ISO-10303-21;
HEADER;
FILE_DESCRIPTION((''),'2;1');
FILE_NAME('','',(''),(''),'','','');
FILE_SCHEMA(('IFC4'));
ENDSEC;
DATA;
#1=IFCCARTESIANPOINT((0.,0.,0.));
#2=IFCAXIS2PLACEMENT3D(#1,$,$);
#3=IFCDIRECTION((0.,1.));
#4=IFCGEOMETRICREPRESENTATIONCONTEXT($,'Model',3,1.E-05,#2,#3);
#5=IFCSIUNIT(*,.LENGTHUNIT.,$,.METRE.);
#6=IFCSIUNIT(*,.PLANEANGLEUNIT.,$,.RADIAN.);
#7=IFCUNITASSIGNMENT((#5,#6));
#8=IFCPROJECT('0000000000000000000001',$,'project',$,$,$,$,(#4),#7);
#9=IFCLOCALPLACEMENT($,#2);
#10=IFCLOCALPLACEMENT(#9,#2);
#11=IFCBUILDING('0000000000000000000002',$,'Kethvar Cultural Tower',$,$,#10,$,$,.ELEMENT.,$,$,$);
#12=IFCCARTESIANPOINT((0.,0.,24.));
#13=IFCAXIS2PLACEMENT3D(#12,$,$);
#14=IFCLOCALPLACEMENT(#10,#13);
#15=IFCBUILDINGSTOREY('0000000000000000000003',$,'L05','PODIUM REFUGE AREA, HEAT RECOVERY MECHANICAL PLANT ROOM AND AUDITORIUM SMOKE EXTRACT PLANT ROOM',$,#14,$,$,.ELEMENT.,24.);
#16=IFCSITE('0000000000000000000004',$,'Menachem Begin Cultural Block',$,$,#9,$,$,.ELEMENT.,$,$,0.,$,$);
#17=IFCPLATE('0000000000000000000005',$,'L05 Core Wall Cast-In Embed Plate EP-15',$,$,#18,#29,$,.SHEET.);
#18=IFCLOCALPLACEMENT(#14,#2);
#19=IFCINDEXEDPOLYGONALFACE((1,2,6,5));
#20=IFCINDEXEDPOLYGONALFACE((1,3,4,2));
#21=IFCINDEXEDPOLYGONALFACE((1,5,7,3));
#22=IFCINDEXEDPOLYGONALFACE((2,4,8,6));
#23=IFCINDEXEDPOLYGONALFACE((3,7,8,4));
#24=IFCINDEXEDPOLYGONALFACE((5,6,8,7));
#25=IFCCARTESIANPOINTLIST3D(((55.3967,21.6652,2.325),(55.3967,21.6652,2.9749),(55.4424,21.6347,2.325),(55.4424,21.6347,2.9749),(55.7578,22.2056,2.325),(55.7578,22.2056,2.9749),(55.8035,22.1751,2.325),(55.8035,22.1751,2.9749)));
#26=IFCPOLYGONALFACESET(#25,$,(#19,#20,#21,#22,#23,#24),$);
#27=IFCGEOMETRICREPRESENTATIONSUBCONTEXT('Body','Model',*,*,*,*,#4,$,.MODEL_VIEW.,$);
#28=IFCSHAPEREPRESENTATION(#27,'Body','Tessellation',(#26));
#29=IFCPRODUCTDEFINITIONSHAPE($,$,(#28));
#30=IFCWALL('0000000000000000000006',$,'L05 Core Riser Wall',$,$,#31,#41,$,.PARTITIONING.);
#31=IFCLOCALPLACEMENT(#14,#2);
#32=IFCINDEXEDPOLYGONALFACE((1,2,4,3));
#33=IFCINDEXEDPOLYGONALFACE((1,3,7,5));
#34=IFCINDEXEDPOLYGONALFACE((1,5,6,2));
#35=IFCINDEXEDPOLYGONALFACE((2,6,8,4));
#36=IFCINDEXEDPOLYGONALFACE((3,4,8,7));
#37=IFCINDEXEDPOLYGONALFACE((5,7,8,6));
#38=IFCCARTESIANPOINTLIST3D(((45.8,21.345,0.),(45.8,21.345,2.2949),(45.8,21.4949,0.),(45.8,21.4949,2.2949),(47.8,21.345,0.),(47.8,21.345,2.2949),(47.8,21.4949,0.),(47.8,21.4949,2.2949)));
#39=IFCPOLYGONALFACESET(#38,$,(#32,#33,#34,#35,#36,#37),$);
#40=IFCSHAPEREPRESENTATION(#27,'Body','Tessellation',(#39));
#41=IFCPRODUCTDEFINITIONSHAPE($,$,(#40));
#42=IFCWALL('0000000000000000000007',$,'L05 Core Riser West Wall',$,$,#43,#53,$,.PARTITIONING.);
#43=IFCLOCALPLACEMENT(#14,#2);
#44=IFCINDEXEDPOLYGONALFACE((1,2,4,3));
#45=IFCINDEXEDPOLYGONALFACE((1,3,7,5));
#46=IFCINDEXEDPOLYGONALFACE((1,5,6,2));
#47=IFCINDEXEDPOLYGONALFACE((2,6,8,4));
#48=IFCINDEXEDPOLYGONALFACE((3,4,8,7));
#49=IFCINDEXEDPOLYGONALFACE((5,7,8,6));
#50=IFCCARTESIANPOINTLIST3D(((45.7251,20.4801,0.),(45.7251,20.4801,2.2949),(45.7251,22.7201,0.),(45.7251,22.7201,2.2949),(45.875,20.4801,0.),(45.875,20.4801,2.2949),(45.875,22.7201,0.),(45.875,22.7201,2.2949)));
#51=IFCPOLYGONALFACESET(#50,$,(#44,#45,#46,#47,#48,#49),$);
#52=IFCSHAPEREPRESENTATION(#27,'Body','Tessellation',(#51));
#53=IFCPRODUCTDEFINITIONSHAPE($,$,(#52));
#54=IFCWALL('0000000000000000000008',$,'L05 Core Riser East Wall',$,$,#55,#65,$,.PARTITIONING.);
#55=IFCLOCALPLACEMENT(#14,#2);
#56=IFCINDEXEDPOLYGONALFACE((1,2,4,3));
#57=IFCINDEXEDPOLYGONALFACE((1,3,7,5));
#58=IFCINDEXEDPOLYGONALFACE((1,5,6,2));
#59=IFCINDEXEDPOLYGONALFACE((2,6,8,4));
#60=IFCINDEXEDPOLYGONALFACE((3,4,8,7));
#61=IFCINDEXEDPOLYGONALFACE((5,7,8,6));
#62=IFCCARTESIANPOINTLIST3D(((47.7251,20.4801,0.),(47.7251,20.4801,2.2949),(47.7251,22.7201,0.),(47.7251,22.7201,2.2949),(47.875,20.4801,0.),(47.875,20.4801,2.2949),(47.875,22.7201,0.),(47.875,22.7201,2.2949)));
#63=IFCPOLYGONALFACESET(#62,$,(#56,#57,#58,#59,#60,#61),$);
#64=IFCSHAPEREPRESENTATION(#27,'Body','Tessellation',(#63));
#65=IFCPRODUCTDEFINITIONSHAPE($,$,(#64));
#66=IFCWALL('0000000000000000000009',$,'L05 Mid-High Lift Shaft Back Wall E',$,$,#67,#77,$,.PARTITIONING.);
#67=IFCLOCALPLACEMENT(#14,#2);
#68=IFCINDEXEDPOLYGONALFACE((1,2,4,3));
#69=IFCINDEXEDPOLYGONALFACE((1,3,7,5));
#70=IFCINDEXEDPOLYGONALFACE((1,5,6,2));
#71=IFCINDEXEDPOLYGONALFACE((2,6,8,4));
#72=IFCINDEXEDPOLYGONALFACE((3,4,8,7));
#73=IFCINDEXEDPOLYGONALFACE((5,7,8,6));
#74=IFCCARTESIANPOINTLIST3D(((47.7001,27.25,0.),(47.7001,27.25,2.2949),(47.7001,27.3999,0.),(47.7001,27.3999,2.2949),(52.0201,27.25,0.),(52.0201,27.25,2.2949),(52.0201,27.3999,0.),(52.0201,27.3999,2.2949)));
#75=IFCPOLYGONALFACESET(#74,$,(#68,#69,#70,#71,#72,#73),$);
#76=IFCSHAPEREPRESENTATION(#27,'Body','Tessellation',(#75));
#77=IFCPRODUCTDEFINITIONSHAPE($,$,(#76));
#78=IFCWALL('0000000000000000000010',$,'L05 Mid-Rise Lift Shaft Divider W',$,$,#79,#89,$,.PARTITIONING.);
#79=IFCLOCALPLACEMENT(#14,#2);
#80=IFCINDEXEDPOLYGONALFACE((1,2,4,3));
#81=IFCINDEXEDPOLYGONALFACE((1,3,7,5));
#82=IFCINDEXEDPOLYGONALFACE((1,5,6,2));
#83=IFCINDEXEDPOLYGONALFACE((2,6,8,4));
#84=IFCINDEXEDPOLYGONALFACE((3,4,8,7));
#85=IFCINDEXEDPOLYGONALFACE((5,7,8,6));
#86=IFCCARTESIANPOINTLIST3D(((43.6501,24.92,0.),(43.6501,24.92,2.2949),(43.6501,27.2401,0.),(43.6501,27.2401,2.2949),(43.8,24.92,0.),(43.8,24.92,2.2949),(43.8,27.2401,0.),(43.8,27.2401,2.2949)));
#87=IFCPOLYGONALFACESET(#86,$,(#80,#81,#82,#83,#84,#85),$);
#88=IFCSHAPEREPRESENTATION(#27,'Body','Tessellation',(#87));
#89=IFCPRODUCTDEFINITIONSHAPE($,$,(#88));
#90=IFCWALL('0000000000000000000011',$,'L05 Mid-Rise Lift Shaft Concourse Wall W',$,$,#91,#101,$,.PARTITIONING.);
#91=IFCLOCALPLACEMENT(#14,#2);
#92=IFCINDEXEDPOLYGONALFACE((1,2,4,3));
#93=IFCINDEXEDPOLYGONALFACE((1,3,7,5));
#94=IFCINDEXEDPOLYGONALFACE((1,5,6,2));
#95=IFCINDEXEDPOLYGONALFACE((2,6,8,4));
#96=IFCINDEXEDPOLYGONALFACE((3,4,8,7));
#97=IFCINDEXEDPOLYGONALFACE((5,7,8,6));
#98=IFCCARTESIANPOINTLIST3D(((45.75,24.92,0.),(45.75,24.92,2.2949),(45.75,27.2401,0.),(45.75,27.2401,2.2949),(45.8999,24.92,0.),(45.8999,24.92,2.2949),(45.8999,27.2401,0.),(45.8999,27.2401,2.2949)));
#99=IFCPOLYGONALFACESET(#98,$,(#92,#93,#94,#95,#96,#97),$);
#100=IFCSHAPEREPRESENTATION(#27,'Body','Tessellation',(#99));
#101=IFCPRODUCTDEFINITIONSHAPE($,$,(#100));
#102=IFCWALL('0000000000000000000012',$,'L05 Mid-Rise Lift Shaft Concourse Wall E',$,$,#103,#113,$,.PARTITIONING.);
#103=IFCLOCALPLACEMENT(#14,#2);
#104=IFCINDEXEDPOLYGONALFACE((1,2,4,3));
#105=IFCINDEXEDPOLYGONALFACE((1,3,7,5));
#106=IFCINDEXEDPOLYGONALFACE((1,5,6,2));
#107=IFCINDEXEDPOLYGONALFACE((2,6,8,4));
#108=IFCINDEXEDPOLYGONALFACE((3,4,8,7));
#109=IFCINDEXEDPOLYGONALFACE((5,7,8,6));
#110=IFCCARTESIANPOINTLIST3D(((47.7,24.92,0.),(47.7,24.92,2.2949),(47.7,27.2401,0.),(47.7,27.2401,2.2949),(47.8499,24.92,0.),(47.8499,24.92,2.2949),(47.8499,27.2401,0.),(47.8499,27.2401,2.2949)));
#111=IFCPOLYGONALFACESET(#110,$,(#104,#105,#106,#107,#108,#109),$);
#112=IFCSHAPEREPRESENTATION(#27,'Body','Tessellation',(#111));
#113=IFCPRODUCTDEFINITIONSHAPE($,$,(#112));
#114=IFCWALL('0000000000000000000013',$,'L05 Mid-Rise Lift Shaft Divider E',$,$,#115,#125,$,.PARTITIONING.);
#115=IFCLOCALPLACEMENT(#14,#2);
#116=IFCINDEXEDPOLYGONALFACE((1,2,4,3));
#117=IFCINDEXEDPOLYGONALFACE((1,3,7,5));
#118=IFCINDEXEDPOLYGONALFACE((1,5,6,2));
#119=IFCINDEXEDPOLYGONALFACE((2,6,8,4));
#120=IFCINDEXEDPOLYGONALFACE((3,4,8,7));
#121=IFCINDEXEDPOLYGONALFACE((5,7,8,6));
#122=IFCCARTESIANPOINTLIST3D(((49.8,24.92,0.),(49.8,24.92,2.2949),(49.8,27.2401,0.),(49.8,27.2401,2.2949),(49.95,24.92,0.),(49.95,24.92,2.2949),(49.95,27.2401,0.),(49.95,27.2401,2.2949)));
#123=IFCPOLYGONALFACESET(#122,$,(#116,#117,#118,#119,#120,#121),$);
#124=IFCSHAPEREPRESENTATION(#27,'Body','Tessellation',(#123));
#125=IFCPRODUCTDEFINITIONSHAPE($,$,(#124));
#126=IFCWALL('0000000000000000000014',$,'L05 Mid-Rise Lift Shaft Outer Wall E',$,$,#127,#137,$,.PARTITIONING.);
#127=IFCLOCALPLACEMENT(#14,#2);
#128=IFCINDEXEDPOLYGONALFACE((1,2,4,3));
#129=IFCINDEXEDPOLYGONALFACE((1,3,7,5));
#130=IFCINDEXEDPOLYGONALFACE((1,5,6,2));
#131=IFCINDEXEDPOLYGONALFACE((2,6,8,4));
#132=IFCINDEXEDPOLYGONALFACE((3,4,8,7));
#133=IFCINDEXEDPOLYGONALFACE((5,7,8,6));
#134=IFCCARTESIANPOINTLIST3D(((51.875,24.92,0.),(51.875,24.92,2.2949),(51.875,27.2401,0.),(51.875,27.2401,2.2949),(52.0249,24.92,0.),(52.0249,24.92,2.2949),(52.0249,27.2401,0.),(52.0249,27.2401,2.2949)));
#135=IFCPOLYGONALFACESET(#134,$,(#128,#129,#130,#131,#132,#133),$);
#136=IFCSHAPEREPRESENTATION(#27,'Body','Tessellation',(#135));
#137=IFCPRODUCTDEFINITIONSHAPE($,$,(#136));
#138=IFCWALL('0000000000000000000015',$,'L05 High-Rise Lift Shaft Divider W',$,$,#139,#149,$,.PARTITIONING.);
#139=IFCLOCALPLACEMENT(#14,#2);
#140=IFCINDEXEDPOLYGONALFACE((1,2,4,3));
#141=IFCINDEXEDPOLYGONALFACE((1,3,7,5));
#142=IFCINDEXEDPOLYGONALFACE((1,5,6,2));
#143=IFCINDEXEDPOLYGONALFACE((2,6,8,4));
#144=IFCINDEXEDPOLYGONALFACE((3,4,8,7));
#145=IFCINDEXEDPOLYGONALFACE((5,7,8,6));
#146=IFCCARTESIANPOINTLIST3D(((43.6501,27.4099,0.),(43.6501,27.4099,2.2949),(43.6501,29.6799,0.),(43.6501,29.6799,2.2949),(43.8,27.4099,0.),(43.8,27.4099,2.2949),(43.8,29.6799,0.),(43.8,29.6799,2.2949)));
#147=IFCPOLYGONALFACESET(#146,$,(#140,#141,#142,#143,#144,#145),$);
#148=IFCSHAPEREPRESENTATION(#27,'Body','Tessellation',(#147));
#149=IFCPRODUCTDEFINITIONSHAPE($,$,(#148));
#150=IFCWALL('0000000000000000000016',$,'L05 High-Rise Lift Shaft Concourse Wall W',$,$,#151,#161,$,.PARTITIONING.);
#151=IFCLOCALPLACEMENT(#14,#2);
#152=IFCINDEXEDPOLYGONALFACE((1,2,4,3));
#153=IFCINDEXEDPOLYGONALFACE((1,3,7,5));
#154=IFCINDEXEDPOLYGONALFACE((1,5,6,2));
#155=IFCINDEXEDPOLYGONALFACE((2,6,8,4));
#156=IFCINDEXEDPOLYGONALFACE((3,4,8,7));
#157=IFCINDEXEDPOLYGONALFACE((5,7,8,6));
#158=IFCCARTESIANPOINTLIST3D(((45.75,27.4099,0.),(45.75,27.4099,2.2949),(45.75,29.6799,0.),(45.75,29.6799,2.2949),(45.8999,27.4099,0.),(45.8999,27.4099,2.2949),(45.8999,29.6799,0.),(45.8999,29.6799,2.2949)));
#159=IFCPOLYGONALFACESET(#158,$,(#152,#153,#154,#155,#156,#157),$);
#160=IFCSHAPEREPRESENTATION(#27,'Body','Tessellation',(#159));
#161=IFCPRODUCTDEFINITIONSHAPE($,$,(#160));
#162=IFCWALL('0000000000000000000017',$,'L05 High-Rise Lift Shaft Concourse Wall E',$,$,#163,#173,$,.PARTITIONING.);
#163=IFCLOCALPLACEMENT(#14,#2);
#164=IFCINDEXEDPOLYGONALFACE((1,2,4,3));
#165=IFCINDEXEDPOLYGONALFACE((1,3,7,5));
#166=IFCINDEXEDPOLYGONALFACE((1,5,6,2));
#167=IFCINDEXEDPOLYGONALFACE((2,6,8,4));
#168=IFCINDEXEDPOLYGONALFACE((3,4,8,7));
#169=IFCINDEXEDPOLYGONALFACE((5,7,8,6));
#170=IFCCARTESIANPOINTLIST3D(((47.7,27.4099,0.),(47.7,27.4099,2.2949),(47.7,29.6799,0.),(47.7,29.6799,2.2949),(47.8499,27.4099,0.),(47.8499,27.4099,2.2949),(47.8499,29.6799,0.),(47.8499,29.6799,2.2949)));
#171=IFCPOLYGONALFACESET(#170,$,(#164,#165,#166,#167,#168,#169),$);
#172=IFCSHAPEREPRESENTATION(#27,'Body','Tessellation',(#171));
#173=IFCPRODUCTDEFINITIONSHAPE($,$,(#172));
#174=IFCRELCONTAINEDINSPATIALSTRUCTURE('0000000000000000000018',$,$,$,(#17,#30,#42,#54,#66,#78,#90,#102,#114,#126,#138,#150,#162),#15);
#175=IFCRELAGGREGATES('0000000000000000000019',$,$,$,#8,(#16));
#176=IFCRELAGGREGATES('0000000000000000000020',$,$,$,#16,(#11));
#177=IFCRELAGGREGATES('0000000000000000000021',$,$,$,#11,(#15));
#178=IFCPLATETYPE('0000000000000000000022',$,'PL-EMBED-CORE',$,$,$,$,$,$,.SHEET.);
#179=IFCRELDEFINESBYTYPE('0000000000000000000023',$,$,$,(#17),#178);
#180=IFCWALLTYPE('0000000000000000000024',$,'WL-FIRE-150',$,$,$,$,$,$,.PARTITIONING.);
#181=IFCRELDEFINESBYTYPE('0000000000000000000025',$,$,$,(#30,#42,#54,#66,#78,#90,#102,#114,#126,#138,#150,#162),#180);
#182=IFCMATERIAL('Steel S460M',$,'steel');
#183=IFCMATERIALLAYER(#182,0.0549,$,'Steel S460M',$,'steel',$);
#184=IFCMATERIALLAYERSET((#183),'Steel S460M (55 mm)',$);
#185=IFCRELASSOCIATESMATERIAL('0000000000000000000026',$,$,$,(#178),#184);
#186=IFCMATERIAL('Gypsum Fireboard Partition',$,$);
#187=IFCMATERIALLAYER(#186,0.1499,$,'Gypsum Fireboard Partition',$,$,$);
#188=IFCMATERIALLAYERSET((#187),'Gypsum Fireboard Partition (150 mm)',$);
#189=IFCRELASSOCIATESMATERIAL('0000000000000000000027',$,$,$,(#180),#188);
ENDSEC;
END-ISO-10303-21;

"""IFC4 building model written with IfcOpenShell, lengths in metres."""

from ifc_helpers import new_model, si_unit, direction, frame, frame_2d, origin, origin_2d, place, context, subcontext, project, spatial, rectangle, extrude, source, transform, mapped, material, layer, layer_set, type_object, element, save


model = new_model("IFC4")

# Units and contexts
model_context = context("Model", 3, precision=1e-05, world=origin(), true_north=direction((0.0, 1.0)))
body_context = subcontext(model_context, "Body", "Model", "MODEL_VIEW")
ifc_project = project(units=[si_unit("LENGTHUNIT", "METRE"), si_unit("PLANEANGLEUNIT", "RADIAN")], contexts=[model_context])

# Site, building, storey
site_placement = place(None, origin())
site = spatial("IfcSite", under=ifc_project, at=site_placement, Name="Menachem Begin Cultural Block", CompositionType="ELEMENT", RefElevation=0.0)
building_placement = place(site_placement, origin())
building = spatial("IfcBuilding", under=site, at=building_placement, Name="Kethvar Cultural Tower", CompositionType="ELEMENT")
storey_placement = place(building_placement, frame((0.0, 0.0, 24.0)))
storey = spatial("IfcBuildingStorey", under=building, at=storey_placement, Name="L05", Description="PODIUM REFUGE AREA, HEAT RECOVERY MECHANICAL PLANT ROOM AND AUDITORIUM SMOKE EXTRACT PLANT ROOM", CompositionType="ELEMENT", Elevation=24.0)

# Shared definitions
ifc_material_1 = material(Name="Steel S460M", Category="steel")

# Plate
ifc_layer_1 = layer(ifc_material_1, 0.0549, Name="Steel S460M", Category="steel")
ifc_layer_set_1 = layer_set([ifc_layer_1], Name="Steel S460M (55 mm)")
plate_type = type_object("IfcPlateType", Name="PL-EMBED-CORE", PredefinedType="SHEET", material=ifc_layer_set_1)
shared_shape_1 = source(origin(), body_context, "Body", "SweptSolid", [
    extrude(rectangle(XDim=0.0549, YDim=0.6499, at=origin_2d()), origin(), (0.0, 0.0, 1.0), 0.6499),
])
plate_placement = place(storey_placement, frame((55.6001, 21.9202, 2.325), z_axis=(0.0, 0.0, 1.0), x_axis=(0.83147, -0.55557, 0.0)))
element("IfcPlate", 1, at=plate_placement, inside=storey, type_object=plate_type, Name="L05 Core Wall Cast-In Embed Plate EP-15", PredefinedType="SHEET", context=body_context, shape_type="MappedRepresentation", body=[
    mapped(shared_shape_1, transform((0.0, 0.0, 0.0), scale=1.0)),
])

# Walls
ifc_material_2 = material(Name="Gypsum Fireboard Partition")
ifc_layer_2 = layer(ifc_material_2, 0.1499, Name="Gypsum Fireboard Partition")
ifc_layer_set_2 = layer_set([ifc_layer_2], Name="Gypsum Fireboard Partition (150 mm)")
wall_type_1 = type_object("IfcWallType", Name="WL-FIRE-150", PredefinedType="PARTITIONING", material=ifc_layer_set_2)
wall_1_placement = place(storey_placement, frame((45.8, 21.4199, 0.0), z_axis=(0.0, 0.0, 1.0), x_axis=(1.0, 0.0, 0.0)))
element("IfcWall", 2, at=wall_1_placement, inside=storey, type_object=wall_type_1, Name="L05 Core Riser Wall", PredefinedType="PARTITIONING", context=body_context, shape_type="SweptSolid", body=[
    extrude(rectangle(XDim=2.0, YDim=0.1499, at=frame_2d((1.0, 0.0))), origin(), (0.0, 0.0, 1.0), 2.2949),
])
for number, where, z_axis, x_axis, name in (
    (3, (45.8, 20.48, 0.0), (0.0, 0.0, 1.0), (0.0, 1.0, 0.0), "L05 Core Riser West Wall"),
    (4, (47.8, 20.48, 0.0), (0.0, 0.0, 1.0), (0.0, 1.0, 0.0), "L05 Core Riser East Wall"),
):
    element("IfcWall", number, at=place(storey_placement, frame(where, z_axis=z_axis, x_axis=x_axis)), inside=storey, type_object=wall_type_1, Name=name, PredefinedType="PARTITIONING", context=body_context, shape_type="SweptSolid", body=[
        extrude(rectangle(XDim=2.24, YDim=0.1499, at=frame_2d((1.1201, 0.0))), origin(), (0.0, 0.0, 1.0), 2.2949),
    ])
wall_2_placement = place(storey_placement, frame((47.7, 27.325, 0.0), z_axis=(0.0, 0.0, 1.0), x_axis=(1.0, 0.0, 0.0)))
element("IfcWall", 5, at=wall_2_placement, inside=storey, type_object=wall_type_1, Name="L05 Mid-High Lift Shaft Back Wall E", PredefinedType="PARTITIONING", context=body_context, shape_type="SweptSolid", body=[
    extrude(rectangle(XDim=4.3201, YDim=0.1499, at=frame_2d((2.1602, 0.0))), origin(), (0.0, 0.0, 1.0), 2.2949),
])
for number, where, z_axis, x_axis, name in (
    (6, (43.7251, 24.9199, 0.0), (0.0, 0.0, 1.0), (0.0, 1.0, 0.0), "L05 Mid-Rise Lift Shaft Divider W"),
    (7, (45.825, 24.9199, 0.0), (0.0, 0.0, 1.0), (0.0, 1.0, 0.0), "L05 Mid-Rise Lift Shaft Concourse Wall W"),
    (8, (47.7749, 24.9199, 0.0), (0.0, 0.0, 1.0), (0.0, 1.0, 0.0), "L05 Mid-Rise Lift Shaft Concourse Wall E"),
    (9, (49.875, 24.9199, 0.0), (0.0, 0.0, 1.0), (0.0, 1.0, 0.0), "L05 Mid-Rise Lift Shaft Divider E"),
    (10, (51.95, 24.9199, 0.0), (0.0, 0.0, 1.0), (0.0, 1.0, 0.0), "L05 Mid-Rise Lift Shaft Outer Wall E"),
):
    element("IfcWall", number, at=place(storey_placement, frame(where, z_axis=z_axis, x_axis=x_axis)), inside=storey, type_object=wall_type_1, Name=name, PredefinedType="PARTITIONING", context=body_context, shape_type="SweptSolid", body=[
        extrude(rectangle(XDim=2.3201, YDim=0.1499, at=frame_2d((1.1602, 0.0))), origin(), (0.0, 0.0, 1.0), 2.2949),
    ])
for number, where, z_axis, x_axis, name in (
    (11, (43.7251, 27.4099, 0.0), (0.0, 0.0, 1.0), (0.0, 1.0, 0.0), "L05 High-Rise Lift Shaft Divider W"),
    (12, (45.825, 27.4099, 0.0), (0.0, 0.0, 1.0), (0.0, 1.0, 0.0), "L05 High-Rise Lift Shaft Concourse Wall W"),
    (13, (47.7749, 27.4099, 0.0), (0.0, 0.0, 1.0), (0.0, 1.0, 0.0), "L05 High-Rise Lift Shaft Concourse Wall E"),
):
    element("IfcWall", number, at=place(storey_placement, frame(where, z_axis=z_axis, x_axis=x_axis)), inside=storey, type_object=wall_type_1, Name=name, PredefinedType="PARTITIONING", context=body_context, shape_type="SweptSolid", body=[
        extrude(rectangle(XDim=2.27, YDim=0.1499, at=frame_2d((1.135, 0.0))), origin(), (0.0, 0.0, 1.0), 2.2949),
    ])

save(model, "model.ifc")
